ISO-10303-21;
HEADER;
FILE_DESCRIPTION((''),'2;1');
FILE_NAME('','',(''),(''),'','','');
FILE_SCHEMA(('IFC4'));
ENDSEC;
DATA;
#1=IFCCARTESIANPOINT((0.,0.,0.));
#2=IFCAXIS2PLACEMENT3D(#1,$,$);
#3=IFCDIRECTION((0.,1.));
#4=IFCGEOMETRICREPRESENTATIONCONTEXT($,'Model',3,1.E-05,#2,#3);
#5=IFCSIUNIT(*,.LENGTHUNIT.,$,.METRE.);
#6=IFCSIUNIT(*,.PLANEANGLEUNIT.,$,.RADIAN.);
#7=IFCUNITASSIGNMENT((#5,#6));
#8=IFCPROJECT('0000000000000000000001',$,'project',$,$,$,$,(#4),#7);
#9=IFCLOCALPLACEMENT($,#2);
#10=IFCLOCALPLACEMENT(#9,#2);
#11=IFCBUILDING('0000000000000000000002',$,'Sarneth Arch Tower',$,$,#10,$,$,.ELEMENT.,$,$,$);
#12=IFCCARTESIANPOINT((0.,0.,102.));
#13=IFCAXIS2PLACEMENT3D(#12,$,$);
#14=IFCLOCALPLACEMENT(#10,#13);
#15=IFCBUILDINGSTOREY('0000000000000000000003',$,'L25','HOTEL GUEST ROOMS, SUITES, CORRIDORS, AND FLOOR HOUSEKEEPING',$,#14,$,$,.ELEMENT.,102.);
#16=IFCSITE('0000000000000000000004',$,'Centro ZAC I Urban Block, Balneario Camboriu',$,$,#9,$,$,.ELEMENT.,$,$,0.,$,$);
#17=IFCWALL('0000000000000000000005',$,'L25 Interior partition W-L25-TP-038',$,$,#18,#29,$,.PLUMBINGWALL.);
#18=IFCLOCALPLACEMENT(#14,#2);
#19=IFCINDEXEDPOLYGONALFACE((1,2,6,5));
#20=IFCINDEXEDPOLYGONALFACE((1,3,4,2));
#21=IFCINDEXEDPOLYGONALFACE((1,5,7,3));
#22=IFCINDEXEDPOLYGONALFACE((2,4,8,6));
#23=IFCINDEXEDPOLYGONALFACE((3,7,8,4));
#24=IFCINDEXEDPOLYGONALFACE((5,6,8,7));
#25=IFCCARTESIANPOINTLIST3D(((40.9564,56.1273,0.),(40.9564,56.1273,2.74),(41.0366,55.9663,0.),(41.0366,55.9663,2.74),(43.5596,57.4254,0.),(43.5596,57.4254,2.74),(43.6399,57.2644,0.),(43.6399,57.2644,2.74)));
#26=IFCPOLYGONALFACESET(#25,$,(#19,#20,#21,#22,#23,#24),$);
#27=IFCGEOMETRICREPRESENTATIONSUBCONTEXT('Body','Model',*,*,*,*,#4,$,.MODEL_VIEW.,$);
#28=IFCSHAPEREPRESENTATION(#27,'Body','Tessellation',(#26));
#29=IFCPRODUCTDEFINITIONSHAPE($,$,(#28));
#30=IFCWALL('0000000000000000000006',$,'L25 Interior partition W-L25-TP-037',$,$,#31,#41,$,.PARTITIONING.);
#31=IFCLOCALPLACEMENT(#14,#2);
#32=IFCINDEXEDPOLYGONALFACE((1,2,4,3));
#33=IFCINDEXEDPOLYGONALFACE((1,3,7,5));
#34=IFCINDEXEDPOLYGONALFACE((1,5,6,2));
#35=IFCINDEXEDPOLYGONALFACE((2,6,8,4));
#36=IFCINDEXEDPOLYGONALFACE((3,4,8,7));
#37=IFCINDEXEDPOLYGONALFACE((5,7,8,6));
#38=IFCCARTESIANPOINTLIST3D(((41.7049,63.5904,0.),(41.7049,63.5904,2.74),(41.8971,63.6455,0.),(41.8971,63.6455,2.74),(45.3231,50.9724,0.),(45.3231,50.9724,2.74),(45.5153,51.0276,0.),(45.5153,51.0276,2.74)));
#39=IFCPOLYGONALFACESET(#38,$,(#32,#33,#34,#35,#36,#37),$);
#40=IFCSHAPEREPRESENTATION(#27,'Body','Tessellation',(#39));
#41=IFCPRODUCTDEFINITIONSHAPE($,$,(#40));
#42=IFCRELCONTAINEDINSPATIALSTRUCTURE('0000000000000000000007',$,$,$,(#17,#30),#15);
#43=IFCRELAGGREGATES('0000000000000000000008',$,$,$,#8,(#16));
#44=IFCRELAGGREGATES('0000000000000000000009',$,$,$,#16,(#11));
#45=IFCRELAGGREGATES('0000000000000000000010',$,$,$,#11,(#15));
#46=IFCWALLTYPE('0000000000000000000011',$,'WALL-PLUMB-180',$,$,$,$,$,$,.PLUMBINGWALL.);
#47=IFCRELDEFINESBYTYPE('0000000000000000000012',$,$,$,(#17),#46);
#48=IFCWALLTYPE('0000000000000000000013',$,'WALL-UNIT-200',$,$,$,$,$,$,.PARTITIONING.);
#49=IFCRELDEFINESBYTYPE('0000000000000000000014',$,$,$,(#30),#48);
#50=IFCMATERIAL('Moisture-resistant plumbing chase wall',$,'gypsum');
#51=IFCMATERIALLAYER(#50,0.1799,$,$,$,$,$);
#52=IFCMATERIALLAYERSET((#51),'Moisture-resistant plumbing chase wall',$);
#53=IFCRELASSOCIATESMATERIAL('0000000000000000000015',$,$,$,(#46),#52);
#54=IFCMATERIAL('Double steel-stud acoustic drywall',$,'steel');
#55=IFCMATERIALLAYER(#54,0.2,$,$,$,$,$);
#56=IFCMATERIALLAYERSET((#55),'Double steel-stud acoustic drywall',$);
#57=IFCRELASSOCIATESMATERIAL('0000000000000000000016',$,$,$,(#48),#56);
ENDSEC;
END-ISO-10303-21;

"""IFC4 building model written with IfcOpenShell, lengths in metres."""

from ifc_helpers import new_model, si_unit, direction, frame, frame_2d, origin, place, context, subcontext, project, spatial, rectangle, extrude, material, layer, layer_set, type_object, element, save


model = new_model("IFC4")

# Units and contexts
model_context = context("Model", 3, precision=1e-05, world=origin(), true_north=direction((0.0, 1.0)))
body_context = subcontext(model_context, "Body", "Model", "MODEL_VIEW")
ifc_project = project(units=[si_unit("LENGTHUNIT", "METRE"), si_unit("PLANEANGLEUNIT", "RADIAN")], contexts=[model_context])

# Site, building, storey
site_placement = place(None, origin())
site = spatial("IfcSite", under=ifc_project, at=site_placement, Name="Centro ZAC I Urban Block, Balneario Camboriu", CompositionType="ELEMENT", RefElevation=0.0)
building_placement = place(site_placement, origin())
building = spatial("IfcBuilding", under=site, at=building_placement, Name="Sarneth Arch Tower", CompositionType="ELEMENT")
storey_placement = place(building_placement, frame((0.0, 0.0, 102.0)))
storey = spatial("IfcBuildingStorey", under=building, at=storey_placement, Name="L25", Description="HOTEL GUEST ROOMS, SUITES, CORRIDORS, AND FLOOR HOUSEKEEPING", CompositionType="ELEMENT", Elevation=102.0)

# Shared definitions
ifc_material_1 = material(Name="Moisture-resistant plumbing chase wall", Category="gypsum")
ifc_layer_1 = layer(ifc_material_1, 0.1799)
ifc_layer_set_1 = layer_set([ifc_layer_1], Name="Moisture-resistant plumbing chase wall")
wall_type_1 = type_object("IfcWallType", Name="WALL-PLUMB-180", PredefinedType="PLUMBINGWALL", material=ifc_layer_set_1)

# Walls
wall_1_placement = place(storey_placement, frame((43.5999, 57.345, 0.0), z_axis=(0.0, 0.0, 1.0), x_axis=(-0.894913, -0.44624, 0.0)))
element("IfcWall", 1, at=wall_1_placement, inside=storey, type_object=wall_type_1, Name="L25 Interior partition W-L25-TP-038", PredefinedType="PLUMBINGWALL", context=body_context, shape_type="SweptSolid", body=[
    extrude(rectangle(XDim=2.9089, YDim=0.1799, at=frame_2d((1.4546, 0.0))), origin(), (0.0, 0.0, 1.0), 2.74),
])
ifc_material_2 = material(Name="Double steel-stud acoustic drywall", Category="steel")
ifc_layer_2 = layer(ifc_material_2, 0.2)
ifc_layer_set_2 = layer_set([ifc_layer_2], Name="Double steel-stud acoustic drywall")
wall_type_2 = type_object("IfcWallType", Name="WALL-UNIT-200", PredefinedType="PARTITIONING", material=ifc_layer_set_2)
wall_2_placement = place(storey_placement, frame((45.4192, 51.0, 0.0), z_axis=(0.0, 0.0, 1.0), x_axis=(-0.27564, 0.961261, 0.0)))
element("IfcWall", 2, at=wall_2_placement, inside=storey, type_object=wall_type_2, Name="L25 Interior partition W-L25-TP-037", PredefinedType="PARTITIONING", context=body_context, shape_type="SweptSolid", body=[
    extrude(rectangle(XDim=13.1265, YDim=0.2, at=frame_2d((6.5632, 0.0))), origin(), (0.0, 0.0, 1.0), 2.74),
])

save(model, "model.ifc")
